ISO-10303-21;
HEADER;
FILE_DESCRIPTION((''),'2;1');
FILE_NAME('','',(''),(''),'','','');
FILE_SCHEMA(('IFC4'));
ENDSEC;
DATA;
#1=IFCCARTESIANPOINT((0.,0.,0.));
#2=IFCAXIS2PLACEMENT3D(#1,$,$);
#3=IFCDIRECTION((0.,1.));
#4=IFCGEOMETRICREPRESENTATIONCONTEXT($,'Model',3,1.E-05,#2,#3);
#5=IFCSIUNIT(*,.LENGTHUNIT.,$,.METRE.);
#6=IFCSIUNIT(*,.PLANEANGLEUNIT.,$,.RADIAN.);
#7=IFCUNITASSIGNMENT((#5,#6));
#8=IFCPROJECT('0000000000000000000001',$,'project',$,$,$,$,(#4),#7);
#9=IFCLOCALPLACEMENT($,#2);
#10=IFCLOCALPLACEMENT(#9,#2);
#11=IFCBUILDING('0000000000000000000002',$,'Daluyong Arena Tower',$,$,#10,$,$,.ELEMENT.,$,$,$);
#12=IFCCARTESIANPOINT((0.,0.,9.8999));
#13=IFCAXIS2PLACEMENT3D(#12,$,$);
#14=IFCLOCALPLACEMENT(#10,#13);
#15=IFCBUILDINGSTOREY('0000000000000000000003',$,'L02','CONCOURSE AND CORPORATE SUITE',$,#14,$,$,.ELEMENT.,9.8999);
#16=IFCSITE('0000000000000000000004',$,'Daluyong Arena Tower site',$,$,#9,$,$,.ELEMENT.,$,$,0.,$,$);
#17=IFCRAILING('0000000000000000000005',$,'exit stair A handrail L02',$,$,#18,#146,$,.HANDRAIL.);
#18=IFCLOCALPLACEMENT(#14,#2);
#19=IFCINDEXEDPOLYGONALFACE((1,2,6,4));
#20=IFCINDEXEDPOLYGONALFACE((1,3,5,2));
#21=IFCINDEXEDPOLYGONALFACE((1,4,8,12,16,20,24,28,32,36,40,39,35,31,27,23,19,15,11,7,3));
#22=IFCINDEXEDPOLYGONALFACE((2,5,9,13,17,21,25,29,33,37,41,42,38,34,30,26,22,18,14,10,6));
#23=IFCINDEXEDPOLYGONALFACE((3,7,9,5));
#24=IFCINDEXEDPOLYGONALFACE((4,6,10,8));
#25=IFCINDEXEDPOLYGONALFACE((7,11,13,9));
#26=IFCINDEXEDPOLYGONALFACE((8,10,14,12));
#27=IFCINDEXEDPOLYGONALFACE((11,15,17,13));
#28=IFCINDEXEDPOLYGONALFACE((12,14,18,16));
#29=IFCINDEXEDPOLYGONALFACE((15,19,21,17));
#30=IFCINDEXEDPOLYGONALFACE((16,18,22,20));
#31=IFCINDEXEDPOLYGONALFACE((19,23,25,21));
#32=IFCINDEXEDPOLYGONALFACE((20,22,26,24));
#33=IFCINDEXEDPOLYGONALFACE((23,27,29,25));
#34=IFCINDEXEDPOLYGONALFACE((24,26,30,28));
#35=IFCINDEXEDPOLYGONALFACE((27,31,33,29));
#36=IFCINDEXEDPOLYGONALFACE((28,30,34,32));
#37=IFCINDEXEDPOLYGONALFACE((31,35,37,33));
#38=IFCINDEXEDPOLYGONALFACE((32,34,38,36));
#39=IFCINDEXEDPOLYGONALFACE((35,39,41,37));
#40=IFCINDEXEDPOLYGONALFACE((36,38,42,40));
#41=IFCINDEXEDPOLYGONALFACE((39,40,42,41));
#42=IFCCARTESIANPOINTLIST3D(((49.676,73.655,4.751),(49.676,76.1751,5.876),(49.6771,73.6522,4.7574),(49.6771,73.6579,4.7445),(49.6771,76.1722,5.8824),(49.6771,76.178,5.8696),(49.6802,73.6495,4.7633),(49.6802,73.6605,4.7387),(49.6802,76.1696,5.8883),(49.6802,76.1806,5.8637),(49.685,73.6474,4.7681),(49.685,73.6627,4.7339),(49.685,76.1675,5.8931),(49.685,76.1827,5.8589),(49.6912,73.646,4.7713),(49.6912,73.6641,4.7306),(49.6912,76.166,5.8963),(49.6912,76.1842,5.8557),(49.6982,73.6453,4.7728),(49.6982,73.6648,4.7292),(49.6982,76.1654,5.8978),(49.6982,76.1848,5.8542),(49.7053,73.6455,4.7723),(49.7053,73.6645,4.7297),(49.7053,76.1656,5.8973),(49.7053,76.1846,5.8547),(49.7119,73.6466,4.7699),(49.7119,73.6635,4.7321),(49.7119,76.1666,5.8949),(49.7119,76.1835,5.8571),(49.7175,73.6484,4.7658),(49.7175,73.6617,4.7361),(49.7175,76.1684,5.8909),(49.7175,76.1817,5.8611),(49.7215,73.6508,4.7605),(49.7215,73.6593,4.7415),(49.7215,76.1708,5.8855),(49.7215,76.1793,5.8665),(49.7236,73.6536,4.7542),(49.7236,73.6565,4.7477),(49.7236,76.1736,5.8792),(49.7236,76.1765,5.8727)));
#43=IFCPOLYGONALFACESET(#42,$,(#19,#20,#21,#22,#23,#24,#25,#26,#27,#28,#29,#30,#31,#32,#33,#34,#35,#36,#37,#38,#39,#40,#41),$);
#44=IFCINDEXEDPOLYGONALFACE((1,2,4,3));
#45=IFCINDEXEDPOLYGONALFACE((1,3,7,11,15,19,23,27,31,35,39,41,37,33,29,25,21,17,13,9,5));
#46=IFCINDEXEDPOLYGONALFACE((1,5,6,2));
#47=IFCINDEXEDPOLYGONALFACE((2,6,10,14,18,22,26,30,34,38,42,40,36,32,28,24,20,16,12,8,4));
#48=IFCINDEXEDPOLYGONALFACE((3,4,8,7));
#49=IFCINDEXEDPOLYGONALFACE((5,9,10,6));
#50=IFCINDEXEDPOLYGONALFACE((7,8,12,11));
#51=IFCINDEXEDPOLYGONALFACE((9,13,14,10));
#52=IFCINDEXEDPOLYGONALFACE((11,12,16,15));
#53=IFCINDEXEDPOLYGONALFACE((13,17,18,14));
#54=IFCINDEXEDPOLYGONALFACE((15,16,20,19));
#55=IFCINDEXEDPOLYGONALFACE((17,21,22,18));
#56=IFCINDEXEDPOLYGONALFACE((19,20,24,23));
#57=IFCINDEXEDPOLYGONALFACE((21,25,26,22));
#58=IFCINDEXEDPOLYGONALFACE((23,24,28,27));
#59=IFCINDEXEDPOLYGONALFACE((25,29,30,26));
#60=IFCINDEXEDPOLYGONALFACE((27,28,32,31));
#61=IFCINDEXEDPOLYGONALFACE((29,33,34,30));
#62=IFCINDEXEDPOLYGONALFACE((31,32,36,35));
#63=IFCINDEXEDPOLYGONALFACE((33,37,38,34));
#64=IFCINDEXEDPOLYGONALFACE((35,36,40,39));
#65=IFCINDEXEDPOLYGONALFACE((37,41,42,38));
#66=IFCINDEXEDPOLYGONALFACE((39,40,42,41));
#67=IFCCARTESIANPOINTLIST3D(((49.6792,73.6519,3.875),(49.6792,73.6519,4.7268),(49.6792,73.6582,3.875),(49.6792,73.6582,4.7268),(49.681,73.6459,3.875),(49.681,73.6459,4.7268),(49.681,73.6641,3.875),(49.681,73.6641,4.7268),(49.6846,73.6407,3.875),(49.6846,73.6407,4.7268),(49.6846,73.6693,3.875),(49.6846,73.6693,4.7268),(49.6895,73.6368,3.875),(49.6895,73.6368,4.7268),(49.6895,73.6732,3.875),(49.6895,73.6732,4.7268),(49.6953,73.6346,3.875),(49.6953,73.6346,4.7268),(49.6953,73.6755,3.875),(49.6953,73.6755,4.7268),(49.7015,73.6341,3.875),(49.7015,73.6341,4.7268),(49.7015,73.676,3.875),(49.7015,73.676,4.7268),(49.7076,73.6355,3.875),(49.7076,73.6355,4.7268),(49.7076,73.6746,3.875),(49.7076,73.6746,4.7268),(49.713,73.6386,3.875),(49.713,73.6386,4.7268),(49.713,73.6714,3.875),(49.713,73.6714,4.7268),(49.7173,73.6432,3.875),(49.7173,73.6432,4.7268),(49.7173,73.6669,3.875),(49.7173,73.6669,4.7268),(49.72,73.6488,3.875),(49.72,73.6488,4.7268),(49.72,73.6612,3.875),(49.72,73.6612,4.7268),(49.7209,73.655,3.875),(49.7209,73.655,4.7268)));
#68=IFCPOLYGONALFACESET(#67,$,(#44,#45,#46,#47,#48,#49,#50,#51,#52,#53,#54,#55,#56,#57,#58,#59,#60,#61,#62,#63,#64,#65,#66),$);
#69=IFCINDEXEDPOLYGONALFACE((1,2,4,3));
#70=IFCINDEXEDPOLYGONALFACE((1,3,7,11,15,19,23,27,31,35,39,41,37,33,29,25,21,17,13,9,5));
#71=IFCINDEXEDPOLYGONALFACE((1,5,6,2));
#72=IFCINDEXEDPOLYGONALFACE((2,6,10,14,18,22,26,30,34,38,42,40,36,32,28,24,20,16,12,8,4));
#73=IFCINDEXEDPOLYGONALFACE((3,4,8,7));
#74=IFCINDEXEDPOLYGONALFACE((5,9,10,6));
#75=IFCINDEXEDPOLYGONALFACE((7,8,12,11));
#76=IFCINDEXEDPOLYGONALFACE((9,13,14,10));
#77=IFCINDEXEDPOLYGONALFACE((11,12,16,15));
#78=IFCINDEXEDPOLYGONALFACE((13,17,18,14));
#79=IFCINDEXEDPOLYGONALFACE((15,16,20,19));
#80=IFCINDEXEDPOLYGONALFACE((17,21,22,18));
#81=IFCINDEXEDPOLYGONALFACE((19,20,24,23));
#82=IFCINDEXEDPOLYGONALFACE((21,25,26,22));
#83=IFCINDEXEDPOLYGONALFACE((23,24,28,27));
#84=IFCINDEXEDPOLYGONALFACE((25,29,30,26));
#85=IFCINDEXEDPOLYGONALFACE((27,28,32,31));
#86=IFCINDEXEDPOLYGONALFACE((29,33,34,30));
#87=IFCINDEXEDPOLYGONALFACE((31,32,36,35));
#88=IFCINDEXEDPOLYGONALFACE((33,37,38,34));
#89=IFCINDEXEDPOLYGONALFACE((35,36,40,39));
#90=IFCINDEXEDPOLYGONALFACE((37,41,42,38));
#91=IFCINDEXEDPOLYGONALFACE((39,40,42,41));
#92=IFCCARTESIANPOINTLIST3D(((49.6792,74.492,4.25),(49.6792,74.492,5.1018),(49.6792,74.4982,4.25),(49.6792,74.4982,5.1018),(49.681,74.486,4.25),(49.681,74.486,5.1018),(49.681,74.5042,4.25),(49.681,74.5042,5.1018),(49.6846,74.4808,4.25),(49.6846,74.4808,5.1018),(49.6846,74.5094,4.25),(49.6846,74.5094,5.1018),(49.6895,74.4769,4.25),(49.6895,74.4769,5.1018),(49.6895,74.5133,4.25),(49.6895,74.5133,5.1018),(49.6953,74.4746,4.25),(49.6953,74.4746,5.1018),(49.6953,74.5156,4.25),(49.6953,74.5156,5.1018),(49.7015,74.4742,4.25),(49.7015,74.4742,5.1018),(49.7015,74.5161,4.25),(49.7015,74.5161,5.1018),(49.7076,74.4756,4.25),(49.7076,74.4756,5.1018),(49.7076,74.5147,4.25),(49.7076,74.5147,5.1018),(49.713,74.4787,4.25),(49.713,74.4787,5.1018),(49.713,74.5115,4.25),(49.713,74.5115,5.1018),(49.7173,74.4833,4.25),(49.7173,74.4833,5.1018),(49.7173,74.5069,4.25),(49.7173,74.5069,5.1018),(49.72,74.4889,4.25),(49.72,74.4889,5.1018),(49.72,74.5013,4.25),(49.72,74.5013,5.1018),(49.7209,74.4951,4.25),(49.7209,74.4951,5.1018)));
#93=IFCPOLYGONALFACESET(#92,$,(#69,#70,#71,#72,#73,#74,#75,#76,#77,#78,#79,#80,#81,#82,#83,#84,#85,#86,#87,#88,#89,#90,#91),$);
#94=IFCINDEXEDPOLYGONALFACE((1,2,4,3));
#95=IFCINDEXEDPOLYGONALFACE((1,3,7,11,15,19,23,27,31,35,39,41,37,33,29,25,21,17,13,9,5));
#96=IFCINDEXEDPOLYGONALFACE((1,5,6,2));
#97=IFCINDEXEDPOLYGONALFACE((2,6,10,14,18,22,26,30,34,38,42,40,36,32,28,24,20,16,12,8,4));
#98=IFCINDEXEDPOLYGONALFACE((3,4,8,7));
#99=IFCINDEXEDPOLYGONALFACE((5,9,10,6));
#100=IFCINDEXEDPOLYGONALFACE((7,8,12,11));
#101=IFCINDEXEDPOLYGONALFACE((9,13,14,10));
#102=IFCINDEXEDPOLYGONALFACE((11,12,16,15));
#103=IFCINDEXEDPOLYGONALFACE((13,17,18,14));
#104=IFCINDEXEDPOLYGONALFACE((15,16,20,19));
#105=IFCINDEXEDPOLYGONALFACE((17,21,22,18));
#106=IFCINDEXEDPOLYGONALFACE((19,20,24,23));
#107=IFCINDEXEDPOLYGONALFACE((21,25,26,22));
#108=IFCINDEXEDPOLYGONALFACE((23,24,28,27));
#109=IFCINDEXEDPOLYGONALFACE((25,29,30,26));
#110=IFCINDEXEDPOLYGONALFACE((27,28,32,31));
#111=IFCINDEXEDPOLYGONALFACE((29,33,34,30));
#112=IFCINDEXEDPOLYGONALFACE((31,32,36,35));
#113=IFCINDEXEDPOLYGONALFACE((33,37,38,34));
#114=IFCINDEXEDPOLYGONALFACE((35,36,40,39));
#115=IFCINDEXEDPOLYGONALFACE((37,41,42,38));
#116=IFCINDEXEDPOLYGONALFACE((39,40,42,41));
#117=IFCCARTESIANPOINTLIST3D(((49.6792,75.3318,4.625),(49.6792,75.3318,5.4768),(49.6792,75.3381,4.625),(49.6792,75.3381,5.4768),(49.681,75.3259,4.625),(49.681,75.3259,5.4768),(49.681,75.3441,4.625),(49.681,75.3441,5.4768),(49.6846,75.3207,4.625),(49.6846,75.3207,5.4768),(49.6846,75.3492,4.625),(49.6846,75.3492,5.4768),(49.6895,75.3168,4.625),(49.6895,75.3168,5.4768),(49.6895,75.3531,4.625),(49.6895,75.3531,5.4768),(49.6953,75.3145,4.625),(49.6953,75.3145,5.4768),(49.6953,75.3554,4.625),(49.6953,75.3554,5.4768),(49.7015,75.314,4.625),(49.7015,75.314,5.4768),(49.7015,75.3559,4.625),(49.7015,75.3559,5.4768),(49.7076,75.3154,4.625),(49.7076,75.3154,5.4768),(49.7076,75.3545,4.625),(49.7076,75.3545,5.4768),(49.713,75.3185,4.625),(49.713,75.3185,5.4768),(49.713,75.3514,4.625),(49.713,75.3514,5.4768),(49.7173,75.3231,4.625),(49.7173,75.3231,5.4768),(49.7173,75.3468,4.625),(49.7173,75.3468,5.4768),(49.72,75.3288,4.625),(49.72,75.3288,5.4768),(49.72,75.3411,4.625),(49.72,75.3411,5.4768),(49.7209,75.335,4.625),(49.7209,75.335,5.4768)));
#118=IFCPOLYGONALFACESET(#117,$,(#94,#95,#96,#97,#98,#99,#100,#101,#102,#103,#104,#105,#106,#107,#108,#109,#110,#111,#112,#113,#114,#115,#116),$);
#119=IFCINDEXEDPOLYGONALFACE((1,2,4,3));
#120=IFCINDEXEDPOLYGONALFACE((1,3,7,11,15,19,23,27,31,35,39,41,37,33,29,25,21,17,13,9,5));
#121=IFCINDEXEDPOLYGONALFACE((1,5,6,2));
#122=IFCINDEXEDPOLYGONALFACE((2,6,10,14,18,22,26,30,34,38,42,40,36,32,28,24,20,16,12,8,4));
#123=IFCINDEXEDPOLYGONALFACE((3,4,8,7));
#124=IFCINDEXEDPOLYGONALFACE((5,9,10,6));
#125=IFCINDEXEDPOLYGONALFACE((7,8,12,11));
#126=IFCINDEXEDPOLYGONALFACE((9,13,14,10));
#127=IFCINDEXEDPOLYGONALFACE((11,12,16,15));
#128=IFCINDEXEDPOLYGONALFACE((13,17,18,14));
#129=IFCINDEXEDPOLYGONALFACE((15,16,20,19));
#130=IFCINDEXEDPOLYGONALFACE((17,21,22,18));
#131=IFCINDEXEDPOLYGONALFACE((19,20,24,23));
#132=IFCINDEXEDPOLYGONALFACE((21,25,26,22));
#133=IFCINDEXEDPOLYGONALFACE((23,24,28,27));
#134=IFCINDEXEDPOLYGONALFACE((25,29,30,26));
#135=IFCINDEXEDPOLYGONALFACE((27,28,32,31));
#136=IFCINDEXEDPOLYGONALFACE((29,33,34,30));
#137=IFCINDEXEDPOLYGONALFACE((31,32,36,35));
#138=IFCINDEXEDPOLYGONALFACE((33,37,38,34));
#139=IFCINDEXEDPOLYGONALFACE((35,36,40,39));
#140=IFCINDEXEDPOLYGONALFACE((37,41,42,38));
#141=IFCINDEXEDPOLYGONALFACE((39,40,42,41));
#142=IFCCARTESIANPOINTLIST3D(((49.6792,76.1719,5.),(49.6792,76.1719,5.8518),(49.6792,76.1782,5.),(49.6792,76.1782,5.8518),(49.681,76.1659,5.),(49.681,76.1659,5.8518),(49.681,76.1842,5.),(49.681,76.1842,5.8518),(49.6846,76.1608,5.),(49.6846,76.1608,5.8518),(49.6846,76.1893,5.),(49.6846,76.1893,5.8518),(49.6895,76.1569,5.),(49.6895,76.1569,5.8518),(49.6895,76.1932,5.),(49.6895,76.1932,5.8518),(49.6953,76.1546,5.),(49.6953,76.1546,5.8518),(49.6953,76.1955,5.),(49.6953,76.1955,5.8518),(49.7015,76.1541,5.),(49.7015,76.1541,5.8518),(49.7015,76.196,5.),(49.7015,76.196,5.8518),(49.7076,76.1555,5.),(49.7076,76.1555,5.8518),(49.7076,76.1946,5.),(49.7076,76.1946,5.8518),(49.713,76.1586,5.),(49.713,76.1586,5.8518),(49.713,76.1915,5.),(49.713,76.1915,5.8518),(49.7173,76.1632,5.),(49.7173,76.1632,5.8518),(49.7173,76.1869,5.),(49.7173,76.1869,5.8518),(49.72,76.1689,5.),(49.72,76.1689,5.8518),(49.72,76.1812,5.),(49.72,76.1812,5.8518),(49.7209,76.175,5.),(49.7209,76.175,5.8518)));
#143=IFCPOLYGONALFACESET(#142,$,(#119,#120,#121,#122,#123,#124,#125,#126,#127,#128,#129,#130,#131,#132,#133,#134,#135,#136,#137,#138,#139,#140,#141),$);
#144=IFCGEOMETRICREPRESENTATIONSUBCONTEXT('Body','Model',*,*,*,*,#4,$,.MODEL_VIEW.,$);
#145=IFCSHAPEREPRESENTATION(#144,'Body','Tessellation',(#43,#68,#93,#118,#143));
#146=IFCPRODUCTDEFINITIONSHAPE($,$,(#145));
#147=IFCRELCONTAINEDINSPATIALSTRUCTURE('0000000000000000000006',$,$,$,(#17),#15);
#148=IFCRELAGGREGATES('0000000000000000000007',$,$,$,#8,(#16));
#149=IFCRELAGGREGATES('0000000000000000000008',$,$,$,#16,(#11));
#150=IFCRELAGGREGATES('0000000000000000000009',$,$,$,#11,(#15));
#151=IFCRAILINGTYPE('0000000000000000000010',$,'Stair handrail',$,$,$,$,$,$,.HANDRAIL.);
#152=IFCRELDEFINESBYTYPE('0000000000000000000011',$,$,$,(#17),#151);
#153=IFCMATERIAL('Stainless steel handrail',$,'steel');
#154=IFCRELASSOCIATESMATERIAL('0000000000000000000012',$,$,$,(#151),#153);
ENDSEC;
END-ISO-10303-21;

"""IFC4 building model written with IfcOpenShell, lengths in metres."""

from ifc_helpers import new_model, si_unit, direction, frame, origin, origin_2d, place, context, subcontext, project, spatial, circle, extrude, material, type_object, element, save


model = new_model("IFC4")

# Units and contexts
model_context = context("Model", 3, precision=1e-05, world=origin(), true_north=direction((0.0, 1.0)))
body_context = subcontext(model_context, "Body", "Model", "MODEL_VIEW")
ifc_project = project(units=[si_unit("LENGTHUNIT", "METRE"), si_unit("PLANEANGLEUNIT", "RADIAN")], contexts=[model_context])

# Site, building, storey
site_placement = place(None, origin())
site = spatial("IfcSite", under=ifc_project, at=site_placement, Name="Daluyong Arena Tower site", CompositionType="ELEMENT", RefElevation=0.0)
building_placement = place(site_placement, origin())
building = spatial("IfcBuilding", under=site, at=building_placement, Name="Daluyong Arena Tower", CompositionType="ELEMENT")
storey_placement = place(building_placement, frame((0.0, 0.0, 9.8999)))
storey = spatial("IfcBuildingStorey", under=building, at=storey_placement, Name="L02", Description="CONCOURSE AND CORPORATE SUITE", CompositionType="ELEMENT", Elevation=9.8999)

# Railing
ifc_material_1 = material(Name="Stainless steel handrail", Category="steel")
railing_type_1 = type_object("IfcRailingType", Name="Stair handrail", PredefinedType="HANDRAIL", material=ifc_material_1)
for number, where, name in (
    (1, (49.7, 73.655, 3.875), "exit stair A handrail L02"),
):
    element("IfcRailing", number, at=place(storey_placement, frame(where)), inside=storey, type_object=railing_type_1, Name=name, PredefinedType="HANDRAIL", context=body_context, shape_type="SweptSolid", body=[
        extrude(circle(Radius=0.0239, at=origin_2d()), frame((0.0, 0.0, 0.876), z_axis=(0.0, 0.913139, 0.407648), x_axis=(-1.0, 0.0, 0.0)), (0.0, 0.0, 1.0), 2.7598),
        extrude(circle(Radius=0.021, at=origin_2d()), origin(), (0.0, 0.0, 1.0), 0.8518),
        extrude(circle(Radius=0.021, at=origin_2d()), frame((0.0, 0.8401, 0.375)), (0.0, 0.0, 1.0), 0.8518),
        extrude(circle(Radius=0.021, at=origin_2d()), frame((0.0, 1.6799, 0.75)), (0.0, 0.0, 1.0), 0.8518),
        extrude(circle(Radius=0.021, at=origin_2d()), frame((0.0, 2.52, 1.125)), (0.0, 0.0, 1.0), 0.8518),
    ])

save(model, "model.ifc")
